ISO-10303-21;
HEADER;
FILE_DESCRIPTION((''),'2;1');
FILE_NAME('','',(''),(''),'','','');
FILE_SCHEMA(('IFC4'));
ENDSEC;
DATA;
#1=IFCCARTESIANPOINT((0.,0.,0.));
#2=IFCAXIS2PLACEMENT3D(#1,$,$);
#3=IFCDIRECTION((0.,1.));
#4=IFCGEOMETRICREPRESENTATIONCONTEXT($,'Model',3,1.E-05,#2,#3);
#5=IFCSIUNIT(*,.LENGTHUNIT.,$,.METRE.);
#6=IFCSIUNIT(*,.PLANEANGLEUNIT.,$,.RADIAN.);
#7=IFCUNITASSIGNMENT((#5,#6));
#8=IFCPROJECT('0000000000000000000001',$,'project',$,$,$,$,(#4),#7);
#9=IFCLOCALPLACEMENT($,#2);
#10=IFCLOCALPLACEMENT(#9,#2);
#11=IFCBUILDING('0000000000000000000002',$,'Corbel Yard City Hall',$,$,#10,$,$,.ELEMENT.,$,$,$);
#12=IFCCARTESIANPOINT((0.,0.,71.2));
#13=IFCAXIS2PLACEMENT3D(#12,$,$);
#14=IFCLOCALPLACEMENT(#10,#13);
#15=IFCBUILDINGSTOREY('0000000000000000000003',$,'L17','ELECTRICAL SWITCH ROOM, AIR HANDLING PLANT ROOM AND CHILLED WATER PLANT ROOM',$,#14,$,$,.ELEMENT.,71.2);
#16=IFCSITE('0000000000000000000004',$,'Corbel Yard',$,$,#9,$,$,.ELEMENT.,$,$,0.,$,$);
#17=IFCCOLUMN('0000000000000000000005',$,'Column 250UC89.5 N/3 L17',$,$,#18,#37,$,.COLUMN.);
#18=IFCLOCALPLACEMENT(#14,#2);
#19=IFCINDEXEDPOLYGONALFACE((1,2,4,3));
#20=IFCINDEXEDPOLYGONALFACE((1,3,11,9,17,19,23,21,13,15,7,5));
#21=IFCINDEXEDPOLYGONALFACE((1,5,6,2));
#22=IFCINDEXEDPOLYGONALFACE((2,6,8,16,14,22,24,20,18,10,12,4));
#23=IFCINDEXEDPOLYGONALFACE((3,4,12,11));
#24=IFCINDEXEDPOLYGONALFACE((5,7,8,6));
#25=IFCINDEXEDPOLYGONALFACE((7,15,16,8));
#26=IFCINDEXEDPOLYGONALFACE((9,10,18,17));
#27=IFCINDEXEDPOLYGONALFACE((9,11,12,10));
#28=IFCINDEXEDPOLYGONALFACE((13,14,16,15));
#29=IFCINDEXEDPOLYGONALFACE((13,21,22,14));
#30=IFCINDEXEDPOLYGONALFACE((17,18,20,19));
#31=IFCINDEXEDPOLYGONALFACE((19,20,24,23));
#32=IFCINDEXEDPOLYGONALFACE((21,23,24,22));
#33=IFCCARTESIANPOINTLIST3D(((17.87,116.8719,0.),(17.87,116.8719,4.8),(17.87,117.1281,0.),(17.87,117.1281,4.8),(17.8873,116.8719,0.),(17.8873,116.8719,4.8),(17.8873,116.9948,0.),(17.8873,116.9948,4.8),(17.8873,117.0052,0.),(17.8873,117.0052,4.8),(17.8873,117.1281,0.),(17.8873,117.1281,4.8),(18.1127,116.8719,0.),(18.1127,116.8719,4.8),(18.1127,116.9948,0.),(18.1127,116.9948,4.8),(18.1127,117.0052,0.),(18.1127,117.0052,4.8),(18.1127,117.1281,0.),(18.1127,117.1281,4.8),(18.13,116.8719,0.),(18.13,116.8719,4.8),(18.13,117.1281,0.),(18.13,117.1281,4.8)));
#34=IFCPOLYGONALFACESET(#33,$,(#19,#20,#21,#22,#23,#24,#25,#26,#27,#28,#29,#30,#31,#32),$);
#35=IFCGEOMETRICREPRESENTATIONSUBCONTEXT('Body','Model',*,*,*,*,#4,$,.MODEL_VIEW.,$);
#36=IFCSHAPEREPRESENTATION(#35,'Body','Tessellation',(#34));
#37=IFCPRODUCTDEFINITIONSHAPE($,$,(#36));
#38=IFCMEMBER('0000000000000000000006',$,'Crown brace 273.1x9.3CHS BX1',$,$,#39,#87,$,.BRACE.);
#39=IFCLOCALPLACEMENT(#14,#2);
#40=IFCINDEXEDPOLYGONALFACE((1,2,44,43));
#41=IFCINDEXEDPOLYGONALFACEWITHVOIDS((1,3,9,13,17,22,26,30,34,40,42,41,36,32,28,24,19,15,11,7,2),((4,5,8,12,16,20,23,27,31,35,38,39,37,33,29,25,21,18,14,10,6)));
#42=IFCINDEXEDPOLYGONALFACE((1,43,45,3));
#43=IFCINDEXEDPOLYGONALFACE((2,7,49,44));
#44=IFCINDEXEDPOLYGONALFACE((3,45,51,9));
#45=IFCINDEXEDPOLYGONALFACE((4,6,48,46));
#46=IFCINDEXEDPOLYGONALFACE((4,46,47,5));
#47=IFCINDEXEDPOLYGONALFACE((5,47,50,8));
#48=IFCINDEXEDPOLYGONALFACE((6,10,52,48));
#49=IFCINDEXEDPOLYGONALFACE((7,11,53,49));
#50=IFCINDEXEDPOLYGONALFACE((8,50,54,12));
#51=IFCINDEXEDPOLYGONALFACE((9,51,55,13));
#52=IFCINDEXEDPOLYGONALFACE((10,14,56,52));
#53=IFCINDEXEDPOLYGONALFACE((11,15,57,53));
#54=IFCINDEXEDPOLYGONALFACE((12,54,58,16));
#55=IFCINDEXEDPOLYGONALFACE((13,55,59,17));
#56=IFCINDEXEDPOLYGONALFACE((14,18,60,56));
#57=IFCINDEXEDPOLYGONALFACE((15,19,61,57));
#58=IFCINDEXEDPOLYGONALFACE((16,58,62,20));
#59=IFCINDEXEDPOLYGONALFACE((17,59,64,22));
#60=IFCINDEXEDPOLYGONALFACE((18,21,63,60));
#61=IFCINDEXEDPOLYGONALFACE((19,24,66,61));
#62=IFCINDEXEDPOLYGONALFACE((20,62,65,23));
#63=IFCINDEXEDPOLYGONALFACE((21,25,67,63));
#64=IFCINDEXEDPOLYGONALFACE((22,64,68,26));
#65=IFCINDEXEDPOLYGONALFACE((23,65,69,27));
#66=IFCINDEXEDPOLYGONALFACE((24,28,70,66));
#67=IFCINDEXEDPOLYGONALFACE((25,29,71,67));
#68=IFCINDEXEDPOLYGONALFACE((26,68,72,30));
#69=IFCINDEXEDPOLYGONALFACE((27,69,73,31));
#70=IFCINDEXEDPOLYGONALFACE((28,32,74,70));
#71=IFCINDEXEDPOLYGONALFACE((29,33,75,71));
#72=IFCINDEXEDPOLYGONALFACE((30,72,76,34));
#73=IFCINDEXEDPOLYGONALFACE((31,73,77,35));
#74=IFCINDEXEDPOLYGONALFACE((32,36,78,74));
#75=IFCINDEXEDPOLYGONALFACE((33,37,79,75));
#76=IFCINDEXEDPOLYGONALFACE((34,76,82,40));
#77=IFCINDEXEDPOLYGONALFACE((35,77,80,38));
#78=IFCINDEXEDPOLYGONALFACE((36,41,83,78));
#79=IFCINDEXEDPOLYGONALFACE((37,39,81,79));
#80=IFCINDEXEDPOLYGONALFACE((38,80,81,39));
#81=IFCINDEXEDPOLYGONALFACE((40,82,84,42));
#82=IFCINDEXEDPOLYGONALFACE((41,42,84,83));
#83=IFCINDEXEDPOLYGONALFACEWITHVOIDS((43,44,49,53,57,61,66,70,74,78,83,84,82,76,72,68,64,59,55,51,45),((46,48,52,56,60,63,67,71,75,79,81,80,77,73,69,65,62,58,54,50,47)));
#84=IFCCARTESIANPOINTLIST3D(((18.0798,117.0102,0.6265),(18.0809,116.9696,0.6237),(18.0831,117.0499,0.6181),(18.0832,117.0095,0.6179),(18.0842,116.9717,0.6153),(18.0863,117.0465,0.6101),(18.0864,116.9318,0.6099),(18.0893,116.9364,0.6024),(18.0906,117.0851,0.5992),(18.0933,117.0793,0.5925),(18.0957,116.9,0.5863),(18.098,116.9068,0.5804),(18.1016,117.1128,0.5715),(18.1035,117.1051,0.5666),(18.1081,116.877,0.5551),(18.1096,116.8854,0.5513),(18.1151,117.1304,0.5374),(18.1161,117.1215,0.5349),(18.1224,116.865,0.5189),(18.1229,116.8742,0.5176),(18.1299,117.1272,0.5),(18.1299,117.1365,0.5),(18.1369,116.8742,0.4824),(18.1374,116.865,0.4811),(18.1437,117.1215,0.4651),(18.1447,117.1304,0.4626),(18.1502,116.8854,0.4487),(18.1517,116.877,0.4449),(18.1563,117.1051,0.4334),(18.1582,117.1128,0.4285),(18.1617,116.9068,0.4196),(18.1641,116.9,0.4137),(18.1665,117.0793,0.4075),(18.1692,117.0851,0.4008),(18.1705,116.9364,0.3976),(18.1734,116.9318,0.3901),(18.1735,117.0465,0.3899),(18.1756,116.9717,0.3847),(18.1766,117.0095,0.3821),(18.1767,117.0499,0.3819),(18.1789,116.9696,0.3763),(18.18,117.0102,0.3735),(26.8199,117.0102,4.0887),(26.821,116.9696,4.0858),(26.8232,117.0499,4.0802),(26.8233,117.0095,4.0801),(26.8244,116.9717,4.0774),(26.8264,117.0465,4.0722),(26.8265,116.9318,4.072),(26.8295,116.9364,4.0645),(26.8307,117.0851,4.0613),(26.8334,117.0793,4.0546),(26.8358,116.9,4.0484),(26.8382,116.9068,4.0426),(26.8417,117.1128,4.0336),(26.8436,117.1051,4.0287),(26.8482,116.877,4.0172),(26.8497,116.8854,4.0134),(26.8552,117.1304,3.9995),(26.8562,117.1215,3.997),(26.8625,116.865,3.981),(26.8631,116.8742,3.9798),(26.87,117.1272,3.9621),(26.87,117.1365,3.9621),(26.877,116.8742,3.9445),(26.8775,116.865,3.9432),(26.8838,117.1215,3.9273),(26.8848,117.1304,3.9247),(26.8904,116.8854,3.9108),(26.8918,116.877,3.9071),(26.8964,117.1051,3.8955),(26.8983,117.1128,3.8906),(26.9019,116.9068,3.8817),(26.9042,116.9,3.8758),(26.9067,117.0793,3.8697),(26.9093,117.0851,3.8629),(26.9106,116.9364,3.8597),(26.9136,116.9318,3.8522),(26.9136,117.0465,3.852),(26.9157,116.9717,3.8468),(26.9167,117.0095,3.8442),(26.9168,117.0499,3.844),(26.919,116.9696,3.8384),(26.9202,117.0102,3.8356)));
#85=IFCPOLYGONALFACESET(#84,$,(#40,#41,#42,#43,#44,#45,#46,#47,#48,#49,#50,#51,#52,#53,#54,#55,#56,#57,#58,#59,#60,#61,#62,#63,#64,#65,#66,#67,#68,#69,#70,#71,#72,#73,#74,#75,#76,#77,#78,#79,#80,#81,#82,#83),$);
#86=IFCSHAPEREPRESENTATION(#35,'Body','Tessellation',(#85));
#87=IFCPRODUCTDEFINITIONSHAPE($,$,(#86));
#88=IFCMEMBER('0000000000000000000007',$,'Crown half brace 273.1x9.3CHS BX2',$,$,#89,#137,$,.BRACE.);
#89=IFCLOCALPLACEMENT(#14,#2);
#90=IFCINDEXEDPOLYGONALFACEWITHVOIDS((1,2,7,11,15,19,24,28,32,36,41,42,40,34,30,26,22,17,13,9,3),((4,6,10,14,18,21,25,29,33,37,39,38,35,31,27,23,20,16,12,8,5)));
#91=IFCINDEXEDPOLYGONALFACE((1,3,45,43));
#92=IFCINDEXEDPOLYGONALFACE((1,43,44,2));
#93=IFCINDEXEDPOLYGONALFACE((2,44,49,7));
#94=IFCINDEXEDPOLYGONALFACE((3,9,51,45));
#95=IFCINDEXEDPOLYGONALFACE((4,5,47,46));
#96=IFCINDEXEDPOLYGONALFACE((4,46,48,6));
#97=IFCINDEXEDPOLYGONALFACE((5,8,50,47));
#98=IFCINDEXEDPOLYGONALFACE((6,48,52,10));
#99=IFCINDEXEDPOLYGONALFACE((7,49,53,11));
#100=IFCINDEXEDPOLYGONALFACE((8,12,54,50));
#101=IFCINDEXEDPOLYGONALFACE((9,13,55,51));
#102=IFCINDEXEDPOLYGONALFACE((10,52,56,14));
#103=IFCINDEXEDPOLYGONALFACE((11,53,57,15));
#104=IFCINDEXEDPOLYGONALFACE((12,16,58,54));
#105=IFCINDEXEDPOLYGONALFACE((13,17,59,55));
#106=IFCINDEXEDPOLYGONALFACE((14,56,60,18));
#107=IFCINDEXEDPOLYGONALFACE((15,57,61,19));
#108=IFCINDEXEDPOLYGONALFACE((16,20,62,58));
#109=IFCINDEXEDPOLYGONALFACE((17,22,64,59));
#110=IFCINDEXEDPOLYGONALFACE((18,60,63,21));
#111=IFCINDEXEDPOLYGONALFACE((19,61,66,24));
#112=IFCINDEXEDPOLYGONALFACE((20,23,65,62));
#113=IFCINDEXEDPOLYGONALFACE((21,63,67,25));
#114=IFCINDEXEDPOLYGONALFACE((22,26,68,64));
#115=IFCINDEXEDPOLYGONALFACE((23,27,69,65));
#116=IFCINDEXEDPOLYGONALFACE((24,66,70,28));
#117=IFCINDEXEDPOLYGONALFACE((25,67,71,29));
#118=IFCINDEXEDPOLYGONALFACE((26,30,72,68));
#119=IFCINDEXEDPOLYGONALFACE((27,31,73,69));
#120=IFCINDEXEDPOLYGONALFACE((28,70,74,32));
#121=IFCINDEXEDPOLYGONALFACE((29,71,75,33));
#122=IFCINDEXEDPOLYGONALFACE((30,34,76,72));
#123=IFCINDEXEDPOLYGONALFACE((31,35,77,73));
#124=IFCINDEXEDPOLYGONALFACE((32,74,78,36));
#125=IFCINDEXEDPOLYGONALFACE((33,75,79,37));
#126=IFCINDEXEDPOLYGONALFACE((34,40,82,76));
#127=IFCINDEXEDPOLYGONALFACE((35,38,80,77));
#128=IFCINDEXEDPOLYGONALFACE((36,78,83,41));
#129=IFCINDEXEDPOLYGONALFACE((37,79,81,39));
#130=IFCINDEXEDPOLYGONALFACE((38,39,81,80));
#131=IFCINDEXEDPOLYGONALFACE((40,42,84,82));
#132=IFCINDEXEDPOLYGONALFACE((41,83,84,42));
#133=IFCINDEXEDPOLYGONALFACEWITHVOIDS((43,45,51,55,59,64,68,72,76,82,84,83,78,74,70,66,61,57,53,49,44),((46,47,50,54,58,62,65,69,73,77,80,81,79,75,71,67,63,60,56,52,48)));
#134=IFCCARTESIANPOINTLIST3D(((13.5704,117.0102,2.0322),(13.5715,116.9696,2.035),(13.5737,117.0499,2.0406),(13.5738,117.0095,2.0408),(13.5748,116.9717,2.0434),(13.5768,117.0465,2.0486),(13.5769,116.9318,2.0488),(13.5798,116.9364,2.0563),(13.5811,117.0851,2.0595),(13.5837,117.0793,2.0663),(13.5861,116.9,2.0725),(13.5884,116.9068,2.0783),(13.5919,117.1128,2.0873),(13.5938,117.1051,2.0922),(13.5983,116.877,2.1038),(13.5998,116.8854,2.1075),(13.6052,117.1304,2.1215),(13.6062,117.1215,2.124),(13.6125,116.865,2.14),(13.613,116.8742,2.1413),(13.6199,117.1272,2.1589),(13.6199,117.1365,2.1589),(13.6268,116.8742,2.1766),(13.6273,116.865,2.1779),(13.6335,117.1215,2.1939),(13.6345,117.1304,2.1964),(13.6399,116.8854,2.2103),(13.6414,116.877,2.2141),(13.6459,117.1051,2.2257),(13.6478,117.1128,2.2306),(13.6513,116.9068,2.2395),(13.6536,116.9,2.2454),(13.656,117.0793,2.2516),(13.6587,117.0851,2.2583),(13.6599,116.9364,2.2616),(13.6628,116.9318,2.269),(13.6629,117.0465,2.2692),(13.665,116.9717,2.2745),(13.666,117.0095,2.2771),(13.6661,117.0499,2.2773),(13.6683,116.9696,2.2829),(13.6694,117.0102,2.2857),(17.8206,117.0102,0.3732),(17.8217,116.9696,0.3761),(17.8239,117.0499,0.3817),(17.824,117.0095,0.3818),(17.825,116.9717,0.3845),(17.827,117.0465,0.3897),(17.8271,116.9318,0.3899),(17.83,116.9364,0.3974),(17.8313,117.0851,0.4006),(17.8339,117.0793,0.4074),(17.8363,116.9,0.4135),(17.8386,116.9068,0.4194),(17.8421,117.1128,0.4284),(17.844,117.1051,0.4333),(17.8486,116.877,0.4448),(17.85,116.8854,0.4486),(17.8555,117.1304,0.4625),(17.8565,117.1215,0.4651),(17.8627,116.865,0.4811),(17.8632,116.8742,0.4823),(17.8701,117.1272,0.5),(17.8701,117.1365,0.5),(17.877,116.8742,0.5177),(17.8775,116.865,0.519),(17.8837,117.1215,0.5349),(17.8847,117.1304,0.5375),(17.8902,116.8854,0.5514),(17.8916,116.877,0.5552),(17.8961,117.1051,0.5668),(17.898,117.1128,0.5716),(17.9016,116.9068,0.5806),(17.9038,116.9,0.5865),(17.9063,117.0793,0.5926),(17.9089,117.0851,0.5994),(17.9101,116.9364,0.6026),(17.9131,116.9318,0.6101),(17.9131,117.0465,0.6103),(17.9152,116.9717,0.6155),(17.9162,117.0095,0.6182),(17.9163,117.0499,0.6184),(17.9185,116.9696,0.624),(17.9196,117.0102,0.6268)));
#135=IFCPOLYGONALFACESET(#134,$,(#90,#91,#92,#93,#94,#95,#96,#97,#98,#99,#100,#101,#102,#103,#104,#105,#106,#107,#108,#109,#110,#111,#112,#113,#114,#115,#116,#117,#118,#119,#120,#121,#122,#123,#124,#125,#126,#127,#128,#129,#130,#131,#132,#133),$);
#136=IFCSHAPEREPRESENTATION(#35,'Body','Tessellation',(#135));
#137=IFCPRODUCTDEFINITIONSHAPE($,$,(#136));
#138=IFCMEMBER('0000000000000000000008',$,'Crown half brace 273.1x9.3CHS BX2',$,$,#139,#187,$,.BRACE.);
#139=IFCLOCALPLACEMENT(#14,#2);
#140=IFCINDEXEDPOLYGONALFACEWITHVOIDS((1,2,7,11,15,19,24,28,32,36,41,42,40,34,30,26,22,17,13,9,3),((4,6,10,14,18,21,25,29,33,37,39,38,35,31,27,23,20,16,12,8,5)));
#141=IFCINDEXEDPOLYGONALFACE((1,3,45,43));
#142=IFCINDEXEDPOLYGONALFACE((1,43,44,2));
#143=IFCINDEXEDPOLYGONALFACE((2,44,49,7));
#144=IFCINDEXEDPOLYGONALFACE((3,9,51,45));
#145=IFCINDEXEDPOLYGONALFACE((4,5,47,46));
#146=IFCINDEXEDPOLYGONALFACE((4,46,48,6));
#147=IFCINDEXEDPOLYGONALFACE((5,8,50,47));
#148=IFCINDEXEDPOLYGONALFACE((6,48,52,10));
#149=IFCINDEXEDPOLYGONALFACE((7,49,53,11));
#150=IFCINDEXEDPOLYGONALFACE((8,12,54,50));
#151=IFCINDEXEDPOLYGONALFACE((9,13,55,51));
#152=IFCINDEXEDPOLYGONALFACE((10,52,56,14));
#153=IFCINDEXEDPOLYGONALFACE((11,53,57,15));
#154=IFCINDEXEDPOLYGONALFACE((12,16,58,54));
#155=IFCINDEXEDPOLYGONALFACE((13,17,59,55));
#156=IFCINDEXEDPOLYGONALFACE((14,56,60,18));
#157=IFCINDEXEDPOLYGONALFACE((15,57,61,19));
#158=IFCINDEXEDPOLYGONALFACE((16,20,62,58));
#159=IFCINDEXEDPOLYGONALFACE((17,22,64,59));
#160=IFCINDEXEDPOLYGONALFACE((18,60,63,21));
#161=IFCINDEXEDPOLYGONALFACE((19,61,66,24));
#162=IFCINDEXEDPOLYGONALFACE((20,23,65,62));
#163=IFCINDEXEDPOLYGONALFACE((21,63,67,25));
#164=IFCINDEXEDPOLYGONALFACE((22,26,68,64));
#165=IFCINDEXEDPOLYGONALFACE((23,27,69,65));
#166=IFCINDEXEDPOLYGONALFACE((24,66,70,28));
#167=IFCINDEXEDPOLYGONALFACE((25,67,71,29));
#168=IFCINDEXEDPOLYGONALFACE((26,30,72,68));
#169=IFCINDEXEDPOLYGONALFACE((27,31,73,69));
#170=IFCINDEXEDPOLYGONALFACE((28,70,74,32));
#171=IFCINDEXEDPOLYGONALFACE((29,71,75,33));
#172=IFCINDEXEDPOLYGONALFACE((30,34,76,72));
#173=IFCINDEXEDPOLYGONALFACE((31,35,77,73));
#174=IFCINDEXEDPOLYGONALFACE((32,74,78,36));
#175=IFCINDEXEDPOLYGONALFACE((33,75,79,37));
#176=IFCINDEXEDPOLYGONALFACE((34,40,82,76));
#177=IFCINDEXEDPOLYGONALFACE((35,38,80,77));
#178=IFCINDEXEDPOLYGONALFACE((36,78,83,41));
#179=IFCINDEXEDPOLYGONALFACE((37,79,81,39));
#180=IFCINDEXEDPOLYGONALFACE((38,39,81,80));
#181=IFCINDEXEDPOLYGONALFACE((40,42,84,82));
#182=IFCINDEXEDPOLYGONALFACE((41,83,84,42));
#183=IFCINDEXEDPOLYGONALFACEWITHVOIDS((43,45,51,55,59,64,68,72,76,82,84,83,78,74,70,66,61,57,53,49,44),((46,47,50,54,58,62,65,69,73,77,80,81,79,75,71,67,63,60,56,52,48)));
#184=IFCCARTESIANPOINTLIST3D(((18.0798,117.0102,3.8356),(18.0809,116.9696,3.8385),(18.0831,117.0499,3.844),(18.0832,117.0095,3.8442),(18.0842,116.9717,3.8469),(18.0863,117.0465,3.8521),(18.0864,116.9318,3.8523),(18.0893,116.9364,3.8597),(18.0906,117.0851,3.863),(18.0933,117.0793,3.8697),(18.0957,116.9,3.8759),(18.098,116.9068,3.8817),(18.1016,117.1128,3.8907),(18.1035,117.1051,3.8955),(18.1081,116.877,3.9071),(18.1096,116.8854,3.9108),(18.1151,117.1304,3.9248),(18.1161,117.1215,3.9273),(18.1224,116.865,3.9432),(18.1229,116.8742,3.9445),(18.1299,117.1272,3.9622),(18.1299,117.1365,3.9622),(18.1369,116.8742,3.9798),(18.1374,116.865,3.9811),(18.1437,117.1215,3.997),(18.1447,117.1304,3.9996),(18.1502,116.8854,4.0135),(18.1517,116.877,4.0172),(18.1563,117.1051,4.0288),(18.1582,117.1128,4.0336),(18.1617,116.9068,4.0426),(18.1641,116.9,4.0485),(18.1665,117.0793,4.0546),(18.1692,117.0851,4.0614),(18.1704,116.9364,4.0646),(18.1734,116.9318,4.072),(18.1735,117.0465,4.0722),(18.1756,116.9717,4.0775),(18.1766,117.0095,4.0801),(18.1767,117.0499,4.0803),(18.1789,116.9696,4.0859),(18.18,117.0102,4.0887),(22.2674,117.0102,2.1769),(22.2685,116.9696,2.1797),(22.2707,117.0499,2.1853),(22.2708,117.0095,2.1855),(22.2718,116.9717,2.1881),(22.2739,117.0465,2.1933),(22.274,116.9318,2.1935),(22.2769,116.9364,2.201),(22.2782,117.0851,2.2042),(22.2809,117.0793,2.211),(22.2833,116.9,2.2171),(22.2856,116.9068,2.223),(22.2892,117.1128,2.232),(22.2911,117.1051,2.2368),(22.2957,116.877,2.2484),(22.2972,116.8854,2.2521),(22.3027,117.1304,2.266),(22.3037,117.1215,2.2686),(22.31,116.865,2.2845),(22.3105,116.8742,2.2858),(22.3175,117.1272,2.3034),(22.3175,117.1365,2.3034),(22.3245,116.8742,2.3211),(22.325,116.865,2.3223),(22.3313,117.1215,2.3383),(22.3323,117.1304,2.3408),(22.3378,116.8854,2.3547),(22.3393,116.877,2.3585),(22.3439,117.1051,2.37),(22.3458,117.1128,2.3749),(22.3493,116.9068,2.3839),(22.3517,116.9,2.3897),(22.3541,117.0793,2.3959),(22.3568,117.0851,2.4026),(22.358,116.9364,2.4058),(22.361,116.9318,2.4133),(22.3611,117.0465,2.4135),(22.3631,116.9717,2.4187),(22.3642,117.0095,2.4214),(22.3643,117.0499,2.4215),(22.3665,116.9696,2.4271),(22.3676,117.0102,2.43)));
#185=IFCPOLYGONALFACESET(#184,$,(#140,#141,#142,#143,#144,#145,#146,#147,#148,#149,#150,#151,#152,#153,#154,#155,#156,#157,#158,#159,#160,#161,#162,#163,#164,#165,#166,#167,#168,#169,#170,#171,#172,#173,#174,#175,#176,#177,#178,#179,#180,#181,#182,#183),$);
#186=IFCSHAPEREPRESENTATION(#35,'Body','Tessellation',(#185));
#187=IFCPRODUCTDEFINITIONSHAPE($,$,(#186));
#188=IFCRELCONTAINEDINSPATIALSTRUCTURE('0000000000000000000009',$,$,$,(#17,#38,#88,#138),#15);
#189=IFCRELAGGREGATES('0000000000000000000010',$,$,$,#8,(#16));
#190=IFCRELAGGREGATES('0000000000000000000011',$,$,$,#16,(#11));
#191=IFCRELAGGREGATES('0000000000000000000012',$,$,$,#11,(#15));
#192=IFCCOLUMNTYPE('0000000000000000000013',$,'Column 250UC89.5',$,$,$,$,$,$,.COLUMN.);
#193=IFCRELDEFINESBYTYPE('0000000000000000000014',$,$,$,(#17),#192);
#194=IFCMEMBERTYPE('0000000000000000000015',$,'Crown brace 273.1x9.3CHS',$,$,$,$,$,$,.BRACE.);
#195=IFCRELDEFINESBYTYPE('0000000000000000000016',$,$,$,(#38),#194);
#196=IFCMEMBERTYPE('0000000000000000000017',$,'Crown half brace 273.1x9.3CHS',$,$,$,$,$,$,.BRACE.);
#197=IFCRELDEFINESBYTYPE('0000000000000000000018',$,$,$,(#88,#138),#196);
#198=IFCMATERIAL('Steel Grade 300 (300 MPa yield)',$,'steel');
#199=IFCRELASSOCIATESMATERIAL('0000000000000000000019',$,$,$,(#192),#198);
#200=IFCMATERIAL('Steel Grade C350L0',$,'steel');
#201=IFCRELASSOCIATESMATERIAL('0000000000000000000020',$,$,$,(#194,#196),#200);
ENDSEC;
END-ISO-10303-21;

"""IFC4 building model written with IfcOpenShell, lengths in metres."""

from ifc_helpers import new_model, si_unit, direction, frame, origin, origin_2d, place, context, subcontext, project, spatial, hollow_circle, i_section, extrude, material, material_profile, profile_set, type_object, element, save


model = new_model("IFC4")

# Units and contexts
model_context = context("Model", 3, precision=1e-05, world=origin(), true_north=direction((0.0, 1.0)))
body_context = subcontext(model_context, "Body", "Model", "MODEL_VIEW")
ifc_project = project(units=[si_unit("LENGTHUNIT", "METRE"), si_unit("PLANEANGLEUNIT", "RADIAN")], contexts=[model_context])

# Site, building, storey
site_placement = place(None, origin())
site = spatial("IfcSite", under=ifc_project, at=site_placement, Name="Corbel Yard", CompositionType="ELEMENT", RefElevation=0.0)
building_placement = place(site_placement, origin())
building = spatial("IfcBuilding", under=site, at=building_placement, Name="Corbel Yard City Hall", CompositionType="ELEMENT")
storey_placement = place(building_placement, frame((0.0, 0.0, 71.2)))
storey = spatial("IfcBuildingStorey", under=building, at=storey_placement, Name="L17", Description="ELECTRICAL SWITCH ROOM, AIR HANDLING PLANT ROOM AND CHILLED WATER PLANT ROOM", CompositionType="ELEMENT", Elevation=71.2)

# Column
ifc_material_1 = material(Name="Steel Grade 300 (300 MPa yield)", Category="steel")
ifc_material_profile_1 = material_profile(ifc_material_1, i_section(OverallWidth=0.2561, OverallDepth=0.26, WebThickness=0.0105, FlangeThickness=0.0173, at=origin_2d()), Name="250UC89.5")
ifc_profile_set_1 = profile_set([ifc_material_profile_1], Name="Steel Grade 300 (300 MPa yield)")
column_type = type_object("IfcColumnType", Name="Column 250UC89.5", PredefinedType="COLUMN", material=ifc_profile_set_1)
column_placement = place(storey_placement, frame((18.0, 117.0, 0.0), z_axis=(0.0, 0.0, 1.0), x_axis=(0.0, 1.0, 0.0)))
element("IfcColumn", 1, at=column_placement, inside=storey, type_object=column_type, Name="Column 250UC89.5 N/3 L17", PredefinedType="COLUMN", context=body_context, shape_type="SweptSolid", body=[
    extrude(i_section(OverallWidth=0.2561, OverallDepth=0.26, WebThickness=0.0105, FlangeThickness=0.0173, at=origin_2d()), origin(), (0.0, 0.0, 1.0), 4.8),
])

# Members
ifc_material_2 = material(Name="Steel Grade C350L0", Category="steel")
ifc_material_profile_2 = material_profile(ifc_material_2, hollow_circle(Radius=0.1365, WallThickness=0.0093, at=origin_2d()), Name="273.1x9.3CHS")
ifc_profile_set_2 = profile_set([ifc_material_profile_2], Name="Steel Grade C350L0")
member_type_1 = type_object("IfcMemberType", Name="Crown brace 273.1x9.3CHS", PredefinedType="BRACE", material=ifc_profile_set_2)
member_1_placement = place(storey_placement, frame((18.1299, 117.0, 0.5), z_axis=(0.929716, 0.0, 0.368277), x_axis=(0.0, 1.0, 0.0)))
element("IfcMember", 2, at=member_1_placement, inside=storey, type_object=member_type_1, Name="Crown brace 273.1x9.3CHS BX1", PredefinedType="BRACE", context=body_context, shape_type="SweptSolid", body=[
    extrude(hollow_circle(Radius=0.1365, WallThickness=0.0093, at=origin_2d()), origin(), (0.0, 0.0, 1.0), 9.4009),
])
ifc_material_profile_3 = material_profile(ifc_material_2, hollow_circle(Radius=0.1365, WallThickness=0.0093, at=origin_2d()), Name="273.1x9.3CHS")
ifc_profile_set_3 = profile_set([ifc_material_profile_3], Name="Steel Grade C350L0")
member_type_2 = type_object("IfcMemberType", Name="Crown half brace 273.1x9.3CHS", PredefinedType="BRACE", material=ifc_profile_set_3)
member_2_placement = place(storey_placement, frame((13.6199, 117.0, 2.1589), z_axis=(0.931555, 0.0, -0.3636), x_axis=(0.0, 1.0, 0.0)))
element("IfcMember", 3, at=member_2_placement, inside=storey, type_object=member_type_2, Name="Crown half brace 273.1x9.3CHS BX2", PredefinedType="BRACE", context=body_context, shape_type="SweptSolid", body=[
    extrude(hollow_circle(Radius=0.1365, WallThickness=0.0093, at=origin_2d()), origin(), (0.0, 0.0, 1.0), 4.5625),
])
member_3_placement = place(storey_placement, frame((18.1299, 117.0, 3.9622), z_axis=(0.92972, 0.0, -0.368267), x_axis=(0.0, 1.0, 0.0)))
element("IfcMember", 4, at=member_3_placement, inside=storey, type_object=member_type_2, Name="Crown half brace 273.1x9.3CHS BX2", PredefinedType="BRACE", context=body_context, shape_type="SweptSolid", body=[
    extrude(hollow_circle(Radius=0.1365, WallThickness=0.0093, at=origin_2d()), origin(), (0.0, 0.0, 1.0), 4.5042),
])

save(model, "model.ifc")
